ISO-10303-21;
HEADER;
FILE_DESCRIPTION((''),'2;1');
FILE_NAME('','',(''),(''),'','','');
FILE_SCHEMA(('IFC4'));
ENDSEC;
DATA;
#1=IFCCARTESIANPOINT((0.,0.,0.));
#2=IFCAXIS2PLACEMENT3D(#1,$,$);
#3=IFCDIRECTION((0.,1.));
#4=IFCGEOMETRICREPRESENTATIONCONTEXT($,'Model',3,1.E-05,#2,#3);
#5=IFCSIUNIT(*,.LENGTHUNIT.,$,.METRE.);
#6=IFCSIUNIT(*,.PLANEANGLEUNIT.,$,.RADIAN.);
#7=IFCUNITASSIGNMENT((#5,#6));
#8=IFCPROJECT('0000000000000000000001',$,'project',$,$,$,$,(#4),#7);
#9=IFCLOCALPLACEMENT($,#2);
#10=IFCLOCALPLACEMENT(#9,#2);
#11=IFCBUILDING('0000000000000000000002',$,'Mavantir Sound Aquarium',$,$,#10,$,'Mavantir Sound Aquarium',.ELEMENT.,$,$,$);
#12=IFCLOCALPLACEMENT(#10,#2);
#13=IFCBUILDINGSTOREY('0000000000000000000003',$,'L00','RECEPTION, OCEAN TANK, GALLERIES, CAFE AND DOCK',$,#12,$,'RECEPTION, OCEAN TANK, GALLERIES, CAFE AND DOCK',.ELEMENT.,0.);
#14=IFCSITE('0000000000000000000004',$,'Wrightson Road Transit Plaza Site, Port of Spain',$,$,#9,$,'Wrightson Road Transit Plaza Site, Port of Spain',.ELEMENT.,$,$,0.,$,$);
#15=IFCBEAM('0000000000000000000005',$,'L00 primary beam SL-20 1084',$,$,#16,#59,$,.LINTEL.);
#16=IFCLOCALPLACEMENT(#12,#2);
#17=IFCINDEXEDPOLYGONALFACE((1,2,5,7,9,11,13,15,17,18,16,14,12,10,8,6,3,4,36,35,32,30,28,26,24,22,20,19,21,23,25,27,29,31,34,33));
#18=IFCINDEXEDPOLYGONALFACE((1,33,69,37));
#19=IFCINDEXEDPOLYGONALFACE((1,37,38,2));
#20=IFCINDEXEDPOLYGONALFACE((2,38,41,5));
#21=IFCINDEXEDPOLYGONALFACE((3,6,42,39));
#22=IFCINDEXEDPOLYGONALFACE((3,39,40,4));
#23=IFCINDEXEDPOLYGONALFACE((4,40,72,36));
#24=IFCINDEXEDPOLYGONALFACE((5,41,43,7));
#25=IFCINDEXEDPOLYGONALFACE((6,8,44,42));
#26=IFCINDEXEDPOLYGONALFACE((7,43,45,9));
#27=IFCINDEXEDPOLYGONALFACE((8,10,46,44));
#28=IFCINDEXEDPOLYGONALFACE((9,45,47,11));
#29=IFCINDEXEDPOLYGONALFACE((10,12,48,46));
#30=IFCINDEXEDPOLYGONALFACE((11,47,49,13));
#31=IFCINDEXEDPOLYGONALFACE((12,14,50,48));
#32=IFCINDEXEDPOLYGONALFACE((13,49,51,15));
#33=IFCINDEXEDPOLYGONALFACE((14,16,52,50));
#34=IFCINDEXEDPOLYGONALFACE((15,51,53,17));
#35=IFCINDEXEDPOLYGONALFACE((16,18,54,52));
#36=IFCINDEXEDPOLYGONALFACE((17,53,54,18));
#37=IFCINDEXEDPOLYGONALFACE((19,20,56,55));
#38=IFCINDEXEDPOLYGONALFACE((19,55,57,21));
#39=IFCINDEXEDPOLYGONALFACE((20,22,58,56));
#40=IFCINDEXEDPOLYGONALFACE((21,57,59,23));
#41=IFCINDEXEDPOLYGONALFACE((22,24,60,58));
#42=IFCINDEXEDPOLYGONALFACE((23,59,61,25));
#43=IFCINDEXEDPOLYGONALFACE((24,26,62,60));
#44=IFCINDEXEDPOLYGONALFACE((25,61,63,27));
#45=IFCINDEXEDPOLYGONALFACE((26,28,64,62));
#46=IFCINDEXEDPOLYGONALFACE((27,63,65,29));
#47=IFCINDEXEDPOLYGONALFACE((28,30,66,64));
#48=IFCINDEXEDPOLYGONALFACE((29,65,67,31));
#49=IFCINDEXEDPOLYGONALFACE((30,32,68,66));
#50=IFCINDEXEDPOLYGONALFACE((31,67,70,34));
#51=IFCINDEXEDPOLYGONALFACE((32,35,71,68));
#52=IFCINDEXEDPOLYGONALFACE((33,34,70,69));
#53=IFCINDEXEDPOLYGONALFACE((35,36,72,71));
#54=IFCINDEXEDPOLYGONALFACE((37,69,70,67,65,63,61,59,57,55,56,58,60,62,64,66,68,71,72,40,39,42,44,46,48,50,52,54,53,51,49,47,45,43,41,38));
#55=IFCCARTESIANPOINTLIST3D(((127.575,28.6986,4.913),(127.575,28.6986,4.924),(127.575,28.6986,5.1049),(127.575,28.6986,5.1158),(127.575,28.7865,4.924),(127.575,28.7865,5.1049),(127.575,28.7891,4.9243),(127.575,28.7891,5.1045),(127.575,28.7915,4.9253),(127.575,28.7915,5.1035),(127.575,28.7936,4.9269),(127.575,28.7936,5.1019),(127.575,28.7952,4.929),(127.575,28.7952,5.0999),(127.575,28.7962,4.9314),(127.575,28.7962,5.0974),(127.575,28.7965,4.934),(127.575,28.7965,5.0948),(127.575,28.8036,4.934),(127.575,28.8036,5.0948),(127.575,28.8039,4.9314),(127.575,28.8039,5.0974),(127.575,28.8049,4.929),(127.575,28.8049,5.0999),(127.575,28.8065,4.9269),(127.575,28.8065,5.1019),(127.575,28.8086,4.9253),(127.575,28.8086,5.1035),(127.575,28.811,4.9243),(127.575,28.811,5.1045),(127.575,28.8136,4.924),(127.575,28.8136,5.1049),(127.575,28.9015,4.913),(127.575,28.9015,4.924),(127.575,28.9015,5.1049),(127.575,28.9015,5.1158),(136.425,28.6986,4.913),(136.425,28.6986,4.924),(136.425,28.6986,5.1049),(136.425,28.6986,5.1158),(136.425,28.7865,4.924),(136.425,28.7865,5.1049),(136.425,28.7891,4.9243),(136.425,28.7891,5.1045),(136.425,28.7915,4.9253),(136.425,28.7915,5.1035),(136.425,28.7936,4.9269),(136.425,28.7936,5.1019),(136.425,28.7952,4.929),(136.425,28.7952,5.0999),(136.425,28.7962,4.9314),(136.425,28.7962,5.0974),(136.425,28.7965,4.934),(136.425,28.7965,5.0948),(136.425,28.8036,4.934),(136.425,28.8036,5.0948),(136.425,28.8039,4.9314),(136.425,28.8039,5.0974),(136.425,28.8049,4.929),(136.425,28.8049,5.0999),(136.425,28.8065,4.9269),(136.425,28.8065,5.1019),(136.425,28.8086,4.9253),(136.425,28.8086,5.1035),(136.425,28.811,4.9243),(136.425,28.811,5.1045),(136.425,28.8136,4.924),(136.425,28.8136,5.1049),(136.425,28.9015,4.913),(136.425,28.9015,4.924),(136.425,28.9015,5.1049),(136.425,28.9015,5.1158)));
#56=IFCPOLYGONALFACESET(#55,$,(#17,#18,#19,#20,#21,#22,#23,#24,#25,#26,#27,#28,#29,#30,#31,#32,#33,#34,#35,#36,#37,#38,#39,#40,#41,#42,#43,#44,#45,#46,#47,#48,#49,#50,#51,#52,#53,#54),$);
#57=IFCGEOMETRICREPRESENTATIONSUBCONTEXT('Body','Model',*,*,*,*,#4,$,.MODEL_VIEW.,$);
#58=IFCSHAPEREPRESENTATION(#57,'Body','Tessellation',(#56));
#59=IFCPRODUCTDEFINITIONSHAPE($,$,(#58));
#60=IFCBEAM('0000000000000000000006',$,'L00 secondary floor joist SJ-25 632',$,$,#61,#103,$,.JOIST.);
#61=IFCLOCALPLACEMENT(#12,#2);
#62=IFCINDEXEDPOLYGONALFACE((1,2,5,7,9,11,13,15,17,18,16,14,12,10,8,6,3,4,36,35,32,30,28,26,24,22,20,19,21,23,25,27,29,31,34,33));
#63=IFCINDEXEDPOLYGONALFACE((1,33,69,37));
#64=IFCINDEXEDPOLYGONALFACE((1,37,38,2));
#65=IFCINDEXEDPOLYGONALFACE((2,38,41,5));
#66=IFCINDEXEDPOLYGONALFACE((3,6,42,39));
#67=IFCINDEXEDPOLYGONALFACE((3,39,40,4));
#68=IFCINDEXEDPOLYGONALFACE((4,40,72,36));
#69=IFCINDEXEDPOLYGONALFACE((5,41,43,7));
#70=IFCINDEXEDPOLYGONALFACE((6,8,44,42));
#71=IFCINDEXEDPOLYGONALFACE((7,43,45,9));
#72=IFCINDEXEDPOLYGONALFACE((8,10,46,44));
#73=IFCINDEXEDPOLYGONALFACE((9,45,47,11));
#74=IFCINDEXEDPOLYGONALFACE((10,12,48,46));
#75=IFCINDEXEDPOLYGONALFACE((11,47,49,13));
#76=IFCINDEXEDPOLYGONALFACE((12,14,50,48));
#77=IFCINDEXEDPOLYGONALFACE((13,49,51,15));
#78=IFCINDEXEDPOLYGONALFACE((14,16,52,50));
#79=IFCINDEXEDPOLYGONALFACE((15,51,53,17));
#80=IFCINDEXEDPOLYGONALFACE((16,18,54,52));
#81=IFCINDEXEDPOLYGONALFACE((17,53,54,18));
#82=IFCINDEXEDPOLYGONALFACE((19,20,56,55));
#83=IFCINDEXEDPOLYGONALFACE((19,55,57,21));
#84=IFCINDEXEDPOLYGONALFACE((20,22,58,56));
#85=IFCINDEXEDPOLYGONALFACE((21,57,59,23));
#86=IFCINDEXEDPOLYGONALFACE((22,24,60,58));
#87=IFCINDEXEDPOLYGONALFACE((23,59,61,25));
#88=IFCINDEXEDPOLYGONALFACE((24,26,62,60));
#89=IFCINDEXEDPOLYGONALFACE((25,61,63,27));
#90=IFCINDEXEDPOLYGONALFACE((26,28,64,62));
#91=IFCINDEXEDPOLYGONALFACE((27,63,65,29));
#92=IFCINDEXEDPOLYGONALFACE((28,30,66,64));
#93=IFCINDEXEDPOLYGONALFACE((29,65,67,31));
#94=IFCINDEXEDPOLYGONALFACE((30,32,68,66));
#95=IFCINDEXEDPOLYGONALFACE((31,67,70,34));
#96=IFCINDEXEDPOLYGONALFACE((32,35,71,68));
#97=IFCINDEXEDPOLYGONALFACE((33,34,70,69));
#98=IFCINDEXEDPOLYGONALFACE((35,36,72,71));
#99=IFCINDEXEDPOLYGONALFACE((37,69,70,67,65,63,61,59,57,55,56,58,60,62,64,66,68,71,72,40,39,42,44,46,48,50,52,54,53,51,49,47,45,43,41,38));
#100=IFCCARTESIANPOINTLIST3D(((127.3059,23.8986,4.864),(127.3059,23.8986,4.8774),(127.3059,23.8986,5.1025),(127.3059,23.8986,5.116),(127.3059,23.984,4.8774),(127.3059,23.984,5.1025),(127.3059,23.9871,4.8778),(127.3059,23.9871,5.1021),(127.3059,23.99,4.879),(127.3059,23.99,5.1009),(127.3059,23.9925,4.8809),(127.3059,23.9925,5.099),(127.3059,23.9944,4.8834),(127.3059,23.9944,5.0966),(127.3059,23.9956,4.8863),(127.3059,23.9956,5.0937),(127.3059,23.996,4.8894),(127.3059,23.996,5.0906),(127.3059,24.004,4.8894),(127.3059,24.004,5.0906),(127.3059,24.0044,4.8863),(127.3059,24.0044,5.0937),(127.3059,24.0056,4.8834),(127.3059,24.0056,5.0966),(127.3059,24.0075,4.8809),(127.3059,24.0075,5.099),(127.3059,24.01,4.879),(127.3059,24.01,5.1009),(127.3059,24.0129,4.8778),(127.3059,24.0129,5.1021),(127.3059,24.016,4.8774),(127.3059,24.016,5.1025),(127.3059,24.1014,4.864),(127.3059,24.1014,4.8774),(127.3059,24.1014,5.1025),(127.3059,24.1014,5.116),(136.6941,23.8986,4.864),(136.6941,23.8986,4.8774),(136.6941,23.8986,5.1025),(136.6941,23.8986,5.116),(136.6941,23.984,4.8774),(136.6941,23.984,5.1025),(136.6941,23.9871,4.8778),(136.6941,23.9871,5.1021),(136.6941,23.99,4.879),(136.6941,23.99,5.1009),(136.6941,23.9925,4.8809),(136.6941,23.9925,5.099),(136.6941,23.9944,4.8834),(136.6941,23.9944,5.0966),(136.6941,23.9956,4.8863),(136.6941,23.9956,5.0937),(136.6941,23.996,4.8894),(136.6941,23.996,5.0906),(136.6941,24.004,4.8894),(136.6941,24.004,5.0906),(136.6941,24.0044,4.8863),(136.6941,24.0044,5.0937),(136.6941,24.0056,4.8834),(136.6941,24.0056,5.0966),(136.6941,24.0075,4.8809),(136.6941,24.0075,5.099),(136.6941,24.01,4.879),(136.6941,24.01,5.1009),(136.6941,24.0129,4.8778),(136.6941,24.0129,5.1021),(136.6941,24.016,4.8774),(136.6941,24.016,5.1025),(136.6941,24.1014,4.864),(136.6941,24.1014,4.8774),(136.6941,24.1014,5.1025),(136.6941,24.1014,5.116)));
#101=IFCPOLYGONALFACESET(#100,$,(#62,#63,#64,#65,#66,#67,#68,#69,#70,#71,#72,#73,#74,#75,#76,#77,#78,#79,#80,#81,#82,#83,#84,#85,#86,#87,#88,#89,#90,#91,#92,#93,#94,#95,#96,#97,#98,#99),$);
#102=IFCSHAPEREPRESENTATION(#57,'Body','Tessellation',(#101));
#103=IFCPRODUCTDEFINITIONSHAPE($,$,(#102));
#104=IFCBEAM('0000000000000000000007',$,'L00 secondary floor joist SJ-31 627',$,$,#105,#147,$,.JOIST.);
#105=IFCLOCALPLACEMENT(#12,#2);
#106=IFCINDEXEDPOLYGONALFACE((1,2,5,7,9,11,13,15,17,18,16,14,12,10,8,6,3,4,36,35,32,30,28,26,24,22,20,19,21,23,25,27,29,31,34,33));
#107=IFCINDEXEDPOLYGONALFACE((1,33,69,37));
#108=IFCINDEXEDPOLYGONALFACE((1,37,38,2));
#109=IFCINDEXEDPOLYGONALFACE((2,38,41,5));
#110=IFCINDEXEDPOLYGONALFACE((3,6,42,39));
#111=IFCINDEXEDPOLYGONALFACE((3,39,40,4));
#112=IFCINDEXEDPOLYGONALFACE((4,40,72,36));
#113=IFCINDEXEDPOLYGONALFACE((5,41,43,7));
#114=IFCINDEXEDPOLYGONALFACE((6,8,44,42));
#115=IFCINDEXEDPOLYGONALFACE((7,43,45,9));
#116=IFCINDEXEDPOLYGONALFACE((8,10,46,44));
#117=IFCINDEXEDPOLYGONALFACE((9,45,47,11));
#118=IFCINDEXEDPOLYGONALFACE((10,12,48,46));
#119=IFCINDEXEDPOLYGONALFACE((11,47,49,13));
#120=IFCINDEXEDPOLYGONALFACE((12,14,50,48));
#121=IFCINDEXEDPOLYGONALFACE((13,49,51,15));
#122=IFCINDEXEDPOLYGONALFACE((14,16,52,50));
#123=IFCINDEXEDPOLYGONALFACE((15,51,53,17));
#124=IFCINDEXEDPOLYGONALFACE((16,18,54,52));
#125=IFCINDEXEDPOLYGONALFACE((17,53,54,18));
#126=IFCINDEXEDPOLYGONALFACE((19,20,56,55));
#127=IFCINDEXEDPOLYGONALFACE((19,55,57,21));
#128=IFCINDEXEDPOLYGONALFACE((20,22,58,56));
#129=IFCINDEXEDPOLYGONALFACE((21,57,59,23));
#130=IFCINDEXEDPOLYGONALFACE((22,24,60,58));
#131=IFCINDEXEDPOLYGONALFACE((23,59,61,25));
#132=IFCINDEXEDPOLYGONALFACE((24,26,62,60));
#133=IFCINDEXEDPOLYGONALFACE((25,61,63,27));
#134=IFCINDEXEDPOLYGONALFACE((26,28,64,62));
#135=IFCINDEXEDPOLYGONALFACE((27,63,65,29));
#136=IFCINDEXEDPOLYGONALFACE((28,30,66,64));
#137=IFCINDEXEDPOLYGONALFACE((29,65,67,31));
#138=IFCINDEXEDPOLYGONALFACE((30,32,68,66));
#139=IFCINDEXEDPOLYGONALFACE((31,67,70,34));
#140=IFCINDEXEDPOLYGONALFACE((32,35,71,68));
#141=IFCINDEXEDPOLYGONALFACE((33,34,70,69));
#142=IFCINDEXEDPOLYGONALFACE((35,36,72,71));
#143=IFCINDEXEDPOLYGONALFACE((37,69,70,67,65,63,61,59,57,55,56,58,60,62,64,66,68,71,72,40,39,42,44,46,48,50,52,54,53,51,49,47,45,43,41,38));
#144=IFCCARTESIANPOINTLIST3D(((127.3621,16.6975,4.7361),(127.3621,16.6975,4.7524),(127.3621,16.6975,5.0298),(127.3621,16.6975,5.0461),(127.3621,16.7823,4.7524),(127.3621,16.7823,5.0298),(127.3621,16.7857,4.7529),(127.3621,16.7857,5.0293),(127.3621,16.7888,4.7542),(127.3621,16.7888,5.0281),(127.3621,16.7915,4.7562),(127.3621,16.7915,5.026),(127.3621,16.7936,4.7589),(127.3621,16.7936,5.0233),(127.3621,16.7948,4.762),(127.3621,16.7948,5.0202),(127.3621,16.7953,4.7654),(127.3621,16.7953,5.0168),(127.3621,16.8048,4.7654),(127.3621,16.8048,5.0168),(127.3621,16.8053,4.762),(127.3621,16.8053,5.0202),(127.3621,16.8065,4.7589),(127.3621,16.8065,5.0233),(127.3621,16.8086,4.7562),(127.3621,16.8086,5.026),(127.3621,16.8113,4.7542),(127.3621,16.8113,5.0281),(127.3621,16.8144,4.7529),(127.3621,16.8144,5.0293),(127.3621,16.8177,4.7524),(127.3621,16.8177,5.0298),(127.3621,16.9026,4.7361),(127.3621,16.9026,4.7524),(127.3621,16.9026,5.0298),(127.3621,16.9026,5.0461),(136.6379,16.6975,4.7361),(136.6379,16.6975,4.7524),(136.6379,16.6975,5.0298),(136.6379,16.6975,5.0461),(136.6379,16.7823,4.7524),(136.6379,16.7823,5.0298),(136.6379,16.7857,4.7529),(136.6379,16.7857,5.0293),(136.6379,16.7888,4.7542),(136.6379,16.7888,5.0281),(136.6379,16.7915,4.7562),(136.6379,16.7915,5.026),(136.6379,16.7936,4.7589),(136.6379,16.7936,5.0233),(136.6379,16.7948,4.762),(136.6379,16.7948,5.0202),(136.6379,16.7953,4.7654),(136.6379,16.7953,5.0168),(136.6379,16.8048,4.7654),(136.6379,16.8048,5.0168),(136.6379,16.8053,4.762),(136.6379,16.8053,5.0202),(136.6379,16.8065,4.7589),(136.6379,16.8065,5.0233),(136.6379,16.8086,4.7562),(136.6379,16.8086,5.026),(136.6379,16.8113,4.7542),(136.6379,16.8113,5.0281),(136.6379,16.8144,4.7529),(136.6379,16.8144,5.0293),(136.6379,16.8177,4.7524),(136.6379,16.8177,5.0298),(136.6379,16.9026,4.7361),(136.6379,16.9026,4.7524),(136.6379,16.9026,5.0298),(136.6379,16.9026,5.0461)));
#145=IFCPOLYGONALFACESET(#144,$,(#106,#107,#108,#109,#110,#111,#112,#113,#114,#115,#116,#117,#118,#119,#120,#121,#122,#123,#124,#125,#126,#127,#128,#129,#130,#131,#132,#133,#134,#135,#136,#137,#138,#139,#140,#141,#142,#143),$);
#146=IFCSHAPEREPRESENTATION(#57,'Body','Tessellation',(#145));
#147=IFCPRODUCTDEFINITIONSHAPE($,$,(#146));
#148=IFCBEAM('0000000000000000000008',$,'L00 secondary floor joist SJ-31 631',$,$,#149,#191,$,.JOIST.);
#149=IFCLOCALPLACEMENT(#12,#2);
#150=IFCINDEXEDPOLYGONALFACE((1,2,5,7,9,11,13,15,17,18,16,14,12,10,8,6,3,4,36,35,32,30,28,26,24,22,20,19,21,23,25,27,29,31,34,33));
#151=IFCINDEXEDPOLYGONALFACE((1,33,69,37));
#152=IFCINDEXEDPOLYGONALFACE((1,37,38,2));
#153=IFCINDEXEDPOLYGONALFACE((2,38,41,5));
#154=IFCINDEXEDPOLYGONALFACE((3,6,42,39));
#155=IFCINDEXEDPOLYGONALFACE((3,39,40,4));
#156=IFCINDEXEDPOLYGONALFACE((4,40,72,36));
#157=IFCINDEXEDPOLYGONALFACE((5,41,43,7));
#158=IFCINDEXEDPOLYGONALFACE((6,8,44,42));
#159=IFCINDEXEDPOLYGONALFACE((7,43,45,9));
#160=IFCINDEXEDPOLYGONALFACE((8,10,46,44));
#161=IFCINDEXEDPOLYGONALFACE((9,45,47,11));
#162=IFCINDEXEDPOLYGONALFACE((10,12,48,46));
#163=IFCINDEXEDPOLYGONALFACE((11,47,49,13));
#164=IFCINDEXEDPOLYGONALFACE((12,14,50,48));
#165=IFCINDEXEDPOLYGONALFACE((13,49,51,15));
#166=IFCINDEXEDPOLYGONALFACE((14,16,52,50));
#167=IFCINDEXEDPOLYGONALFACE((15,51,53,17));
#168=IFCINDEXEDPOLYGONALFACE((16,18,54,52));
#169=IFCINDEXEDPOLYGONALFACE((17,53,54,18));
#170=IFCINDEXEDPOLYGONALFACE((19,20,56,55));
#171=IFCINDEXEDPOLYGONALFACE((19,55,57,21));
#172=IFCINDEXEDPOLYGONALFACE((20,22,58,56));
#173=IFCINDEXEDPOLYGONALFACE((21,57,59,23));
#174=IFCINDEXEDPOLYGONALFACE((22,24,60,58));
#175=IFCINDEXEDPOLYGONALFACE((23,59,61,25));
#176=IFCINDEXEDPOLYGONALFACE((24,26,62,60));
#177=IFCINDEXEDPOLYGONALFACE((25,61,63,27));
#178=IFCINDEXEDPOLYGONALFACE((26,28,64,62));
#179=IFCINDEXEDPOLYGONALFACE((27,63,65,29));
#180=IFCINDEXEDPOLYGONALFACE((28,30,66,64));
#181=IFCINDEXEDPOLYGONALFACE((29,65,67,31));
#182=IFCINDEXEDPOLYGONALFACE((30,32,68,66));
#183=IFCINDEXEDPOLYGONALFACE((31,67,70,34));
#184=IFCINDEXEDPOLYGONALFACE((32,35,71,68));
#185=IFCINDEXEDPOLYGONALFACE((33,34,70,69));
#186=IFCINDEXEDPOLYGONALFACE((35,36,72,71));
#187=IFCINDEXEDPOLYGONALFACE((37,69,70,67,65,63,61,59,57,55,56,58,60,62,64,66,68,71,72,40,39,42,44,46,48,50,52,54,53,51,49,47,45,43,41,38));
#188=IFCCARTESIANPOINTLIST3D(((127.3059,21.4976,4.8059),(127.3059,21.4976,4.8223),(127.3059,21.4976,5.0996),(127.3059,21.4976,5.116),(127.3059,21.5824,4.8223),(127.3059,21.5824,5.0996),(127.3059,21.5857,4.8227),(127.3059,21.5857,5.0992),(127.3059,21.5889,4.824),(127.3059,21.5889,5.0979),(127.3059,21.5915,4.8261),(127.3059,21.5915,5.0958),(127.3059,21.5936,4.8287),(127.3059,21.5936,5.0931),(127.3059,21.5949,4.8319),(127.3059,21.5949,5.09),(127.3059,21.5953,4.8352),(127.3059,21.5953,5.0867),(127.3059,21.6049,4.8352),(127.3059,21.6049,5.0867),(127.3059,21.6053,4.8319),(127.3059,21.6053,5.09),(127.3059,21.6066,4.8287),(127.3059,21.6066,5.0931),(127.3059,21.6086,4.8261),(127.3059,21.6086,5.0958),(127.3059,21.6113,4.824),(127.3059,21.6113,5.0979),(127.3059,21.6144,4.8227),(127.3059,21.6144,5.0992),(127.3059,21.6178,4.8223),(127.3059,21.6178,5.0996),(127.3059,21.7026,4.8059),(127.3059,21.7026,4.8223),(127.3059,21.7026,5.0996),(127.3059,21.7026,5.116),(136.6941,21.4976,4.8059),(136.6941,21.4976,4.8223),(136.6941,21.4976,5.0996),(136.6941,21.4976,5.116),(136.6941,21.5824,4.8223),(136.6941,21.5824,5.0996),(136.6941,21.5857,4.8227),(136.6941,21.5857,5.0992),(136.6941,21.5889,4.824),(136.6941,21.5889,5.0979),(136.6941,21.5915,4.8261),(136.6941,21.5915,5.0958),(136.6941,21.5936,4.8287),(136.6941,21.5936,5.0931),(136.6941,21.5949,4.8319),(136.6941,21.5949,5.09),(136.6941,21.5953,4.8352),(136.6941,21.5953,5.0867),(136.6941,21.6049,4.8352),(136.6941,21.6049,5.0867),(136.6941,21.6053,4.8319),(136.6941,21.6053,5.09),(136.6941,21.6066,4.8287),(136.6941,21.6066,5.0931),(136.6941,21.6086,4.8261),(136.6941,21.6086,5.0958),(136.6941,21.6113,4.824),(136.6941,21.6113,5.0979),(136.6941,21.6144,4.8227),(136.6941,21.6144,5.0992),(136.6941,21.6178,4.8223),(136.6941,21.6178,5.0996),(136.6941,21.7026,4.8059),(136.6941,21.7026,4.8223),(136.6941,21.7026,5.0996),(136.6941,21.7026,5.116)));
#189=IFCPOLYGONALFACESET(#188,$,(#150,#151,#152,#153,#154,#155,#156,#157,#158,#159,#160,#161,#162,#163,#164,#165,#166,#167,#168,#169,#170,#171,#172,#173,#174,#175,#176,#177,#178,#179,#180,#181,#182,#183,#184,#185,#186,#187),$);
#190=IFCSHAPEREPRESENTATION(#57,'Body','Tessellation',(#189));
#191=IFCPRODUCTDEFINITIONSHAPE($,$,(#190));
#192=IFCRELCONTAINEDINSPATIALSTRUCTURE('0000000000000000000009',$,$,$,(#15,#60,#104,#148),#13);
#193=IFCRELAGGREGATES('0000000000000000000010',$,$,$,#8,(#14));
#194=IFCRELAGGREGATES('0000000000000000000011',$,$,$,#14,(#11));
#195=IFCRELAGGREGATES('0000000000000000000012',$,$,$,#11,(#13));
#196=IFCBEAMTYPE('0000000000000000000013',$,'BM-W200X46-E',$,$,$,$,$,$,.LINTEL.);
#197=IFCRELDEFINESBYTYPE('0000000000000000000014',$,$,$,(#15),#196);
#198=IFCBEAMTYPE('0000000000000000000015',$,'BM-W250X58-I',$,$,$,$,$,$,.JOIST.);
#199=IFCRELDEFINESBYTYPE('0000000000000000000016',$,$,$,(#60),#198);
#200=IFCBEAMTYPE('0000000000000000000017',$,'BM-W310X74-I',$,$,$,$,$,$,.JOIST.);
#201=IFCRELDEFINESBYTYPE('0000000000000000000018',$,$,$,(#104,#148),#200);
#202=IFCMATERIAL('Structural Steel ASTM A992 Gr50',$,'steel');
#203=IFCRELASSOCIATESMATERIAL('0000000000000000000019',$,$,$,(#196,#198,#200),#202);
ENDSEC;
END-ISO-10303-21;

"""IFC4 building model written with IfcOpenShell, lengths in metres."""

from ifc_helpers import new_model, si_unit, direction, frame, origin, origin_2d, place, context, subcontext, project, spatial, i_section, extrude, material, material_profile, profile_set, type_object, element, save


model = new_model("IFC4")

# Units and contexts
model_context = context("Model", 3, precision=1e-05, world=origin(), true_north=direction((0.0, 1.0)))
body_context = subcontext(model_context, "Body", "Model", "MODEL_VIEW")
ifc_project = project(units=[si_unit("LENGTHUNIT", "METRE"), si_unit("PLANEANGLEUNIT", "RADIAN")], contexts=[model_context])

# Site, building, storey
site_placement = place(None, origin())
site = spatial("IfcSite", under=ifc_project, at=site_placement, Name="Wrightson Road Transit Plaza Site, Port of Spain", LongName="Wrightson Road Transit Plaza Site, Port of Spain", CompositionType="ELEMENT", RefElevation=0.0)
building_placement = place(site_placement, origin())
building = spatial("IfcBuilding", under=site, at=building_placement, Name="Mavantir Sound Aquarium", LongName="Mavantir Sound Aquarium", CompositionType="ELEMENT")
storey_placement = place(building_placement, origin())
storey = spatial("IfcBuildingStorey", under=building, at=storey_placement, Name="L00", Description="RECEPTION, OCEAN TANK, GALLERIES, CAFE AND DOCK", LongName="RECEPTION, OCEAN TANK, GALLERIES, CAFE AND DOCK", CompositionType="ELEMENT", Elevation=0.0)

# Beams
ifc_material_1 = material(Name="Structural Steel ASTM A992 Gr50", Category="steel")
ifc_material_profile_1 = material_profile(ifc_material_1, i_section(OverallWidth=0.2029, OverallDepth=0.2029, WebThickness=0.0071, FlangeThickness=0.011, FilletRadius=0.01, at=origin_2d()), Name="W200X46")
ifc_profile_set_1 = profile_set([ifc_material_profile_1], Name="Structural Steel ASTM A992 Gr50")
beam_type_1 = type_object("IfcBeamType", Name="BM-W200X46-E", PredefinedType="LINTEL", material=ifc_profile_set_1)
beam_1_placement = place(storey_placement, frame((127.575, 28.8, 5.0144), z_axis=(1.0, 0.0, 0.0), x_axis=(0.0, 1.0, 0.0)))
element("IfcBeam", 1, at=beam_1_placement, inside=storey, type_object=beam_type_1, Name="L00 primary beam SL-20 1084", PredefinedType="LINTEL", context=body_context, shape_type="SweptSolid", body=[
    extrude(i_section(OverallWidth=0.2029, OverallDepth=0.2029, WebThickness=0.0071, FlangeThickness=0.011, FilletRadius=0.01, at=origin_2d()), origin(), (0.0, 0.0, 1.0), 8.8501),
])
ifc_material_profile_2 = material_profile(ifc_material_1, i_section(OverallWidth=0.2029, OverallDepth=0.252, WebThickness=0.0081, FlangeThickness=0.0134, FilletRadius=0.012, at=origin_2d()), Name="W250X58")
ifc_profile_set_2 = profile_set([ifc_material_profile_2], Name="Structural Steel ASTM A992 Gr50")
beam_type_2 = type_object("IfcBeamType", Name="BM-W250X58-I", PredefinedType="JOIST", material=ifc_profile_set_2)
beam_2_placement = place(storey_placement, frame((127.3059, 24.0, 4.99), z_axis=(1.0, 0.0, 0.0), x_axis=(0.0, 1.0, 0.0)))
element("IfcBeam", 2, at=beam_2_placement, inside=storey, type_object=beam_type_2, Name="L00 secondary floor joist SJ-25 632", PredefinedType="JOIST", context=body_context, shape_type="SweptSolid", body=[
    extrude(i_section(OverallWidth=0.2029, OverallDepth=0.252, WebThickness=0.0081, FlangeThickness=0.0134, FilletRadius=0.012, at=origin_2d()), origin(), (0.0, 0.0, 1.0), 9.3882),
])
ifc_material_profile_3 = material_profile(ifc_material_1, i_section(OverallWidth=0.2051, OverallDepth=0.3101, WebThickness=0.0095, FlangeThickness=0.0164, FilletRadius=0.0129, at=origin_2d()), Name="W310X74")
ifc_profile_set_3 = profile_set([ifc_material_profile_3], Name="Structural Steel ASTM A992 Gr50")
beam_type_3 = type_object("IfcBeamType", Name="BM-W310X74-I", PredefinedType="JOIST", material=ifc_profile_set_3)
beam_3_placement = place(storey_placement, frame((127.3621, 16.8, 4.8911), z_axis=(1.0, 0.0, 0.0), x_axis=(0.0, 1.0, 0.0)))
element("IfcBeam", 3, at=beam_3_placement, inside=storey, type_object=beam_type_3, Name="L00 secondary floor joist SJ-31 627", PredefinedType="JOIST", context=body_context, shape_type="SweptSolid", body=[
    extrude(i_section(OverallWidth=0.2051, OverallDepth=0.3101, WebThickness=0.0095, FlangeThickness=0.0164, FilletRadius=0.0129, at=origin_2d()), origin(), (0.0, 0.0, 1.0), 9.2759),
])
beam_4_placement = place(storey_placement, frame((127.3059, 21.6001, 4.9609), z_axis=(1.0, 0.0, 0.0), x_axis=(0.0, 1.0, 0.0)))
element("IfcBeam", 4, at=beam_4_placement, inside=storey, type_object=beam_type_3, Name="L00 secondary floor joist SJ-31 631", PredefinedType="JOIST", context=body_context, shape_type="SweptSolid", body=[
    extrude(i_section(OverallWidth=0.2051, OverallDepth=0.3101, WebThickness=0.0095, FlangeThickness=0.0164, FilletRadius=0.0129, at=origin_2d()), origin(), (0.0, 0.0, 1.0), 9.3882),
])

save(model, "model.ifc")
